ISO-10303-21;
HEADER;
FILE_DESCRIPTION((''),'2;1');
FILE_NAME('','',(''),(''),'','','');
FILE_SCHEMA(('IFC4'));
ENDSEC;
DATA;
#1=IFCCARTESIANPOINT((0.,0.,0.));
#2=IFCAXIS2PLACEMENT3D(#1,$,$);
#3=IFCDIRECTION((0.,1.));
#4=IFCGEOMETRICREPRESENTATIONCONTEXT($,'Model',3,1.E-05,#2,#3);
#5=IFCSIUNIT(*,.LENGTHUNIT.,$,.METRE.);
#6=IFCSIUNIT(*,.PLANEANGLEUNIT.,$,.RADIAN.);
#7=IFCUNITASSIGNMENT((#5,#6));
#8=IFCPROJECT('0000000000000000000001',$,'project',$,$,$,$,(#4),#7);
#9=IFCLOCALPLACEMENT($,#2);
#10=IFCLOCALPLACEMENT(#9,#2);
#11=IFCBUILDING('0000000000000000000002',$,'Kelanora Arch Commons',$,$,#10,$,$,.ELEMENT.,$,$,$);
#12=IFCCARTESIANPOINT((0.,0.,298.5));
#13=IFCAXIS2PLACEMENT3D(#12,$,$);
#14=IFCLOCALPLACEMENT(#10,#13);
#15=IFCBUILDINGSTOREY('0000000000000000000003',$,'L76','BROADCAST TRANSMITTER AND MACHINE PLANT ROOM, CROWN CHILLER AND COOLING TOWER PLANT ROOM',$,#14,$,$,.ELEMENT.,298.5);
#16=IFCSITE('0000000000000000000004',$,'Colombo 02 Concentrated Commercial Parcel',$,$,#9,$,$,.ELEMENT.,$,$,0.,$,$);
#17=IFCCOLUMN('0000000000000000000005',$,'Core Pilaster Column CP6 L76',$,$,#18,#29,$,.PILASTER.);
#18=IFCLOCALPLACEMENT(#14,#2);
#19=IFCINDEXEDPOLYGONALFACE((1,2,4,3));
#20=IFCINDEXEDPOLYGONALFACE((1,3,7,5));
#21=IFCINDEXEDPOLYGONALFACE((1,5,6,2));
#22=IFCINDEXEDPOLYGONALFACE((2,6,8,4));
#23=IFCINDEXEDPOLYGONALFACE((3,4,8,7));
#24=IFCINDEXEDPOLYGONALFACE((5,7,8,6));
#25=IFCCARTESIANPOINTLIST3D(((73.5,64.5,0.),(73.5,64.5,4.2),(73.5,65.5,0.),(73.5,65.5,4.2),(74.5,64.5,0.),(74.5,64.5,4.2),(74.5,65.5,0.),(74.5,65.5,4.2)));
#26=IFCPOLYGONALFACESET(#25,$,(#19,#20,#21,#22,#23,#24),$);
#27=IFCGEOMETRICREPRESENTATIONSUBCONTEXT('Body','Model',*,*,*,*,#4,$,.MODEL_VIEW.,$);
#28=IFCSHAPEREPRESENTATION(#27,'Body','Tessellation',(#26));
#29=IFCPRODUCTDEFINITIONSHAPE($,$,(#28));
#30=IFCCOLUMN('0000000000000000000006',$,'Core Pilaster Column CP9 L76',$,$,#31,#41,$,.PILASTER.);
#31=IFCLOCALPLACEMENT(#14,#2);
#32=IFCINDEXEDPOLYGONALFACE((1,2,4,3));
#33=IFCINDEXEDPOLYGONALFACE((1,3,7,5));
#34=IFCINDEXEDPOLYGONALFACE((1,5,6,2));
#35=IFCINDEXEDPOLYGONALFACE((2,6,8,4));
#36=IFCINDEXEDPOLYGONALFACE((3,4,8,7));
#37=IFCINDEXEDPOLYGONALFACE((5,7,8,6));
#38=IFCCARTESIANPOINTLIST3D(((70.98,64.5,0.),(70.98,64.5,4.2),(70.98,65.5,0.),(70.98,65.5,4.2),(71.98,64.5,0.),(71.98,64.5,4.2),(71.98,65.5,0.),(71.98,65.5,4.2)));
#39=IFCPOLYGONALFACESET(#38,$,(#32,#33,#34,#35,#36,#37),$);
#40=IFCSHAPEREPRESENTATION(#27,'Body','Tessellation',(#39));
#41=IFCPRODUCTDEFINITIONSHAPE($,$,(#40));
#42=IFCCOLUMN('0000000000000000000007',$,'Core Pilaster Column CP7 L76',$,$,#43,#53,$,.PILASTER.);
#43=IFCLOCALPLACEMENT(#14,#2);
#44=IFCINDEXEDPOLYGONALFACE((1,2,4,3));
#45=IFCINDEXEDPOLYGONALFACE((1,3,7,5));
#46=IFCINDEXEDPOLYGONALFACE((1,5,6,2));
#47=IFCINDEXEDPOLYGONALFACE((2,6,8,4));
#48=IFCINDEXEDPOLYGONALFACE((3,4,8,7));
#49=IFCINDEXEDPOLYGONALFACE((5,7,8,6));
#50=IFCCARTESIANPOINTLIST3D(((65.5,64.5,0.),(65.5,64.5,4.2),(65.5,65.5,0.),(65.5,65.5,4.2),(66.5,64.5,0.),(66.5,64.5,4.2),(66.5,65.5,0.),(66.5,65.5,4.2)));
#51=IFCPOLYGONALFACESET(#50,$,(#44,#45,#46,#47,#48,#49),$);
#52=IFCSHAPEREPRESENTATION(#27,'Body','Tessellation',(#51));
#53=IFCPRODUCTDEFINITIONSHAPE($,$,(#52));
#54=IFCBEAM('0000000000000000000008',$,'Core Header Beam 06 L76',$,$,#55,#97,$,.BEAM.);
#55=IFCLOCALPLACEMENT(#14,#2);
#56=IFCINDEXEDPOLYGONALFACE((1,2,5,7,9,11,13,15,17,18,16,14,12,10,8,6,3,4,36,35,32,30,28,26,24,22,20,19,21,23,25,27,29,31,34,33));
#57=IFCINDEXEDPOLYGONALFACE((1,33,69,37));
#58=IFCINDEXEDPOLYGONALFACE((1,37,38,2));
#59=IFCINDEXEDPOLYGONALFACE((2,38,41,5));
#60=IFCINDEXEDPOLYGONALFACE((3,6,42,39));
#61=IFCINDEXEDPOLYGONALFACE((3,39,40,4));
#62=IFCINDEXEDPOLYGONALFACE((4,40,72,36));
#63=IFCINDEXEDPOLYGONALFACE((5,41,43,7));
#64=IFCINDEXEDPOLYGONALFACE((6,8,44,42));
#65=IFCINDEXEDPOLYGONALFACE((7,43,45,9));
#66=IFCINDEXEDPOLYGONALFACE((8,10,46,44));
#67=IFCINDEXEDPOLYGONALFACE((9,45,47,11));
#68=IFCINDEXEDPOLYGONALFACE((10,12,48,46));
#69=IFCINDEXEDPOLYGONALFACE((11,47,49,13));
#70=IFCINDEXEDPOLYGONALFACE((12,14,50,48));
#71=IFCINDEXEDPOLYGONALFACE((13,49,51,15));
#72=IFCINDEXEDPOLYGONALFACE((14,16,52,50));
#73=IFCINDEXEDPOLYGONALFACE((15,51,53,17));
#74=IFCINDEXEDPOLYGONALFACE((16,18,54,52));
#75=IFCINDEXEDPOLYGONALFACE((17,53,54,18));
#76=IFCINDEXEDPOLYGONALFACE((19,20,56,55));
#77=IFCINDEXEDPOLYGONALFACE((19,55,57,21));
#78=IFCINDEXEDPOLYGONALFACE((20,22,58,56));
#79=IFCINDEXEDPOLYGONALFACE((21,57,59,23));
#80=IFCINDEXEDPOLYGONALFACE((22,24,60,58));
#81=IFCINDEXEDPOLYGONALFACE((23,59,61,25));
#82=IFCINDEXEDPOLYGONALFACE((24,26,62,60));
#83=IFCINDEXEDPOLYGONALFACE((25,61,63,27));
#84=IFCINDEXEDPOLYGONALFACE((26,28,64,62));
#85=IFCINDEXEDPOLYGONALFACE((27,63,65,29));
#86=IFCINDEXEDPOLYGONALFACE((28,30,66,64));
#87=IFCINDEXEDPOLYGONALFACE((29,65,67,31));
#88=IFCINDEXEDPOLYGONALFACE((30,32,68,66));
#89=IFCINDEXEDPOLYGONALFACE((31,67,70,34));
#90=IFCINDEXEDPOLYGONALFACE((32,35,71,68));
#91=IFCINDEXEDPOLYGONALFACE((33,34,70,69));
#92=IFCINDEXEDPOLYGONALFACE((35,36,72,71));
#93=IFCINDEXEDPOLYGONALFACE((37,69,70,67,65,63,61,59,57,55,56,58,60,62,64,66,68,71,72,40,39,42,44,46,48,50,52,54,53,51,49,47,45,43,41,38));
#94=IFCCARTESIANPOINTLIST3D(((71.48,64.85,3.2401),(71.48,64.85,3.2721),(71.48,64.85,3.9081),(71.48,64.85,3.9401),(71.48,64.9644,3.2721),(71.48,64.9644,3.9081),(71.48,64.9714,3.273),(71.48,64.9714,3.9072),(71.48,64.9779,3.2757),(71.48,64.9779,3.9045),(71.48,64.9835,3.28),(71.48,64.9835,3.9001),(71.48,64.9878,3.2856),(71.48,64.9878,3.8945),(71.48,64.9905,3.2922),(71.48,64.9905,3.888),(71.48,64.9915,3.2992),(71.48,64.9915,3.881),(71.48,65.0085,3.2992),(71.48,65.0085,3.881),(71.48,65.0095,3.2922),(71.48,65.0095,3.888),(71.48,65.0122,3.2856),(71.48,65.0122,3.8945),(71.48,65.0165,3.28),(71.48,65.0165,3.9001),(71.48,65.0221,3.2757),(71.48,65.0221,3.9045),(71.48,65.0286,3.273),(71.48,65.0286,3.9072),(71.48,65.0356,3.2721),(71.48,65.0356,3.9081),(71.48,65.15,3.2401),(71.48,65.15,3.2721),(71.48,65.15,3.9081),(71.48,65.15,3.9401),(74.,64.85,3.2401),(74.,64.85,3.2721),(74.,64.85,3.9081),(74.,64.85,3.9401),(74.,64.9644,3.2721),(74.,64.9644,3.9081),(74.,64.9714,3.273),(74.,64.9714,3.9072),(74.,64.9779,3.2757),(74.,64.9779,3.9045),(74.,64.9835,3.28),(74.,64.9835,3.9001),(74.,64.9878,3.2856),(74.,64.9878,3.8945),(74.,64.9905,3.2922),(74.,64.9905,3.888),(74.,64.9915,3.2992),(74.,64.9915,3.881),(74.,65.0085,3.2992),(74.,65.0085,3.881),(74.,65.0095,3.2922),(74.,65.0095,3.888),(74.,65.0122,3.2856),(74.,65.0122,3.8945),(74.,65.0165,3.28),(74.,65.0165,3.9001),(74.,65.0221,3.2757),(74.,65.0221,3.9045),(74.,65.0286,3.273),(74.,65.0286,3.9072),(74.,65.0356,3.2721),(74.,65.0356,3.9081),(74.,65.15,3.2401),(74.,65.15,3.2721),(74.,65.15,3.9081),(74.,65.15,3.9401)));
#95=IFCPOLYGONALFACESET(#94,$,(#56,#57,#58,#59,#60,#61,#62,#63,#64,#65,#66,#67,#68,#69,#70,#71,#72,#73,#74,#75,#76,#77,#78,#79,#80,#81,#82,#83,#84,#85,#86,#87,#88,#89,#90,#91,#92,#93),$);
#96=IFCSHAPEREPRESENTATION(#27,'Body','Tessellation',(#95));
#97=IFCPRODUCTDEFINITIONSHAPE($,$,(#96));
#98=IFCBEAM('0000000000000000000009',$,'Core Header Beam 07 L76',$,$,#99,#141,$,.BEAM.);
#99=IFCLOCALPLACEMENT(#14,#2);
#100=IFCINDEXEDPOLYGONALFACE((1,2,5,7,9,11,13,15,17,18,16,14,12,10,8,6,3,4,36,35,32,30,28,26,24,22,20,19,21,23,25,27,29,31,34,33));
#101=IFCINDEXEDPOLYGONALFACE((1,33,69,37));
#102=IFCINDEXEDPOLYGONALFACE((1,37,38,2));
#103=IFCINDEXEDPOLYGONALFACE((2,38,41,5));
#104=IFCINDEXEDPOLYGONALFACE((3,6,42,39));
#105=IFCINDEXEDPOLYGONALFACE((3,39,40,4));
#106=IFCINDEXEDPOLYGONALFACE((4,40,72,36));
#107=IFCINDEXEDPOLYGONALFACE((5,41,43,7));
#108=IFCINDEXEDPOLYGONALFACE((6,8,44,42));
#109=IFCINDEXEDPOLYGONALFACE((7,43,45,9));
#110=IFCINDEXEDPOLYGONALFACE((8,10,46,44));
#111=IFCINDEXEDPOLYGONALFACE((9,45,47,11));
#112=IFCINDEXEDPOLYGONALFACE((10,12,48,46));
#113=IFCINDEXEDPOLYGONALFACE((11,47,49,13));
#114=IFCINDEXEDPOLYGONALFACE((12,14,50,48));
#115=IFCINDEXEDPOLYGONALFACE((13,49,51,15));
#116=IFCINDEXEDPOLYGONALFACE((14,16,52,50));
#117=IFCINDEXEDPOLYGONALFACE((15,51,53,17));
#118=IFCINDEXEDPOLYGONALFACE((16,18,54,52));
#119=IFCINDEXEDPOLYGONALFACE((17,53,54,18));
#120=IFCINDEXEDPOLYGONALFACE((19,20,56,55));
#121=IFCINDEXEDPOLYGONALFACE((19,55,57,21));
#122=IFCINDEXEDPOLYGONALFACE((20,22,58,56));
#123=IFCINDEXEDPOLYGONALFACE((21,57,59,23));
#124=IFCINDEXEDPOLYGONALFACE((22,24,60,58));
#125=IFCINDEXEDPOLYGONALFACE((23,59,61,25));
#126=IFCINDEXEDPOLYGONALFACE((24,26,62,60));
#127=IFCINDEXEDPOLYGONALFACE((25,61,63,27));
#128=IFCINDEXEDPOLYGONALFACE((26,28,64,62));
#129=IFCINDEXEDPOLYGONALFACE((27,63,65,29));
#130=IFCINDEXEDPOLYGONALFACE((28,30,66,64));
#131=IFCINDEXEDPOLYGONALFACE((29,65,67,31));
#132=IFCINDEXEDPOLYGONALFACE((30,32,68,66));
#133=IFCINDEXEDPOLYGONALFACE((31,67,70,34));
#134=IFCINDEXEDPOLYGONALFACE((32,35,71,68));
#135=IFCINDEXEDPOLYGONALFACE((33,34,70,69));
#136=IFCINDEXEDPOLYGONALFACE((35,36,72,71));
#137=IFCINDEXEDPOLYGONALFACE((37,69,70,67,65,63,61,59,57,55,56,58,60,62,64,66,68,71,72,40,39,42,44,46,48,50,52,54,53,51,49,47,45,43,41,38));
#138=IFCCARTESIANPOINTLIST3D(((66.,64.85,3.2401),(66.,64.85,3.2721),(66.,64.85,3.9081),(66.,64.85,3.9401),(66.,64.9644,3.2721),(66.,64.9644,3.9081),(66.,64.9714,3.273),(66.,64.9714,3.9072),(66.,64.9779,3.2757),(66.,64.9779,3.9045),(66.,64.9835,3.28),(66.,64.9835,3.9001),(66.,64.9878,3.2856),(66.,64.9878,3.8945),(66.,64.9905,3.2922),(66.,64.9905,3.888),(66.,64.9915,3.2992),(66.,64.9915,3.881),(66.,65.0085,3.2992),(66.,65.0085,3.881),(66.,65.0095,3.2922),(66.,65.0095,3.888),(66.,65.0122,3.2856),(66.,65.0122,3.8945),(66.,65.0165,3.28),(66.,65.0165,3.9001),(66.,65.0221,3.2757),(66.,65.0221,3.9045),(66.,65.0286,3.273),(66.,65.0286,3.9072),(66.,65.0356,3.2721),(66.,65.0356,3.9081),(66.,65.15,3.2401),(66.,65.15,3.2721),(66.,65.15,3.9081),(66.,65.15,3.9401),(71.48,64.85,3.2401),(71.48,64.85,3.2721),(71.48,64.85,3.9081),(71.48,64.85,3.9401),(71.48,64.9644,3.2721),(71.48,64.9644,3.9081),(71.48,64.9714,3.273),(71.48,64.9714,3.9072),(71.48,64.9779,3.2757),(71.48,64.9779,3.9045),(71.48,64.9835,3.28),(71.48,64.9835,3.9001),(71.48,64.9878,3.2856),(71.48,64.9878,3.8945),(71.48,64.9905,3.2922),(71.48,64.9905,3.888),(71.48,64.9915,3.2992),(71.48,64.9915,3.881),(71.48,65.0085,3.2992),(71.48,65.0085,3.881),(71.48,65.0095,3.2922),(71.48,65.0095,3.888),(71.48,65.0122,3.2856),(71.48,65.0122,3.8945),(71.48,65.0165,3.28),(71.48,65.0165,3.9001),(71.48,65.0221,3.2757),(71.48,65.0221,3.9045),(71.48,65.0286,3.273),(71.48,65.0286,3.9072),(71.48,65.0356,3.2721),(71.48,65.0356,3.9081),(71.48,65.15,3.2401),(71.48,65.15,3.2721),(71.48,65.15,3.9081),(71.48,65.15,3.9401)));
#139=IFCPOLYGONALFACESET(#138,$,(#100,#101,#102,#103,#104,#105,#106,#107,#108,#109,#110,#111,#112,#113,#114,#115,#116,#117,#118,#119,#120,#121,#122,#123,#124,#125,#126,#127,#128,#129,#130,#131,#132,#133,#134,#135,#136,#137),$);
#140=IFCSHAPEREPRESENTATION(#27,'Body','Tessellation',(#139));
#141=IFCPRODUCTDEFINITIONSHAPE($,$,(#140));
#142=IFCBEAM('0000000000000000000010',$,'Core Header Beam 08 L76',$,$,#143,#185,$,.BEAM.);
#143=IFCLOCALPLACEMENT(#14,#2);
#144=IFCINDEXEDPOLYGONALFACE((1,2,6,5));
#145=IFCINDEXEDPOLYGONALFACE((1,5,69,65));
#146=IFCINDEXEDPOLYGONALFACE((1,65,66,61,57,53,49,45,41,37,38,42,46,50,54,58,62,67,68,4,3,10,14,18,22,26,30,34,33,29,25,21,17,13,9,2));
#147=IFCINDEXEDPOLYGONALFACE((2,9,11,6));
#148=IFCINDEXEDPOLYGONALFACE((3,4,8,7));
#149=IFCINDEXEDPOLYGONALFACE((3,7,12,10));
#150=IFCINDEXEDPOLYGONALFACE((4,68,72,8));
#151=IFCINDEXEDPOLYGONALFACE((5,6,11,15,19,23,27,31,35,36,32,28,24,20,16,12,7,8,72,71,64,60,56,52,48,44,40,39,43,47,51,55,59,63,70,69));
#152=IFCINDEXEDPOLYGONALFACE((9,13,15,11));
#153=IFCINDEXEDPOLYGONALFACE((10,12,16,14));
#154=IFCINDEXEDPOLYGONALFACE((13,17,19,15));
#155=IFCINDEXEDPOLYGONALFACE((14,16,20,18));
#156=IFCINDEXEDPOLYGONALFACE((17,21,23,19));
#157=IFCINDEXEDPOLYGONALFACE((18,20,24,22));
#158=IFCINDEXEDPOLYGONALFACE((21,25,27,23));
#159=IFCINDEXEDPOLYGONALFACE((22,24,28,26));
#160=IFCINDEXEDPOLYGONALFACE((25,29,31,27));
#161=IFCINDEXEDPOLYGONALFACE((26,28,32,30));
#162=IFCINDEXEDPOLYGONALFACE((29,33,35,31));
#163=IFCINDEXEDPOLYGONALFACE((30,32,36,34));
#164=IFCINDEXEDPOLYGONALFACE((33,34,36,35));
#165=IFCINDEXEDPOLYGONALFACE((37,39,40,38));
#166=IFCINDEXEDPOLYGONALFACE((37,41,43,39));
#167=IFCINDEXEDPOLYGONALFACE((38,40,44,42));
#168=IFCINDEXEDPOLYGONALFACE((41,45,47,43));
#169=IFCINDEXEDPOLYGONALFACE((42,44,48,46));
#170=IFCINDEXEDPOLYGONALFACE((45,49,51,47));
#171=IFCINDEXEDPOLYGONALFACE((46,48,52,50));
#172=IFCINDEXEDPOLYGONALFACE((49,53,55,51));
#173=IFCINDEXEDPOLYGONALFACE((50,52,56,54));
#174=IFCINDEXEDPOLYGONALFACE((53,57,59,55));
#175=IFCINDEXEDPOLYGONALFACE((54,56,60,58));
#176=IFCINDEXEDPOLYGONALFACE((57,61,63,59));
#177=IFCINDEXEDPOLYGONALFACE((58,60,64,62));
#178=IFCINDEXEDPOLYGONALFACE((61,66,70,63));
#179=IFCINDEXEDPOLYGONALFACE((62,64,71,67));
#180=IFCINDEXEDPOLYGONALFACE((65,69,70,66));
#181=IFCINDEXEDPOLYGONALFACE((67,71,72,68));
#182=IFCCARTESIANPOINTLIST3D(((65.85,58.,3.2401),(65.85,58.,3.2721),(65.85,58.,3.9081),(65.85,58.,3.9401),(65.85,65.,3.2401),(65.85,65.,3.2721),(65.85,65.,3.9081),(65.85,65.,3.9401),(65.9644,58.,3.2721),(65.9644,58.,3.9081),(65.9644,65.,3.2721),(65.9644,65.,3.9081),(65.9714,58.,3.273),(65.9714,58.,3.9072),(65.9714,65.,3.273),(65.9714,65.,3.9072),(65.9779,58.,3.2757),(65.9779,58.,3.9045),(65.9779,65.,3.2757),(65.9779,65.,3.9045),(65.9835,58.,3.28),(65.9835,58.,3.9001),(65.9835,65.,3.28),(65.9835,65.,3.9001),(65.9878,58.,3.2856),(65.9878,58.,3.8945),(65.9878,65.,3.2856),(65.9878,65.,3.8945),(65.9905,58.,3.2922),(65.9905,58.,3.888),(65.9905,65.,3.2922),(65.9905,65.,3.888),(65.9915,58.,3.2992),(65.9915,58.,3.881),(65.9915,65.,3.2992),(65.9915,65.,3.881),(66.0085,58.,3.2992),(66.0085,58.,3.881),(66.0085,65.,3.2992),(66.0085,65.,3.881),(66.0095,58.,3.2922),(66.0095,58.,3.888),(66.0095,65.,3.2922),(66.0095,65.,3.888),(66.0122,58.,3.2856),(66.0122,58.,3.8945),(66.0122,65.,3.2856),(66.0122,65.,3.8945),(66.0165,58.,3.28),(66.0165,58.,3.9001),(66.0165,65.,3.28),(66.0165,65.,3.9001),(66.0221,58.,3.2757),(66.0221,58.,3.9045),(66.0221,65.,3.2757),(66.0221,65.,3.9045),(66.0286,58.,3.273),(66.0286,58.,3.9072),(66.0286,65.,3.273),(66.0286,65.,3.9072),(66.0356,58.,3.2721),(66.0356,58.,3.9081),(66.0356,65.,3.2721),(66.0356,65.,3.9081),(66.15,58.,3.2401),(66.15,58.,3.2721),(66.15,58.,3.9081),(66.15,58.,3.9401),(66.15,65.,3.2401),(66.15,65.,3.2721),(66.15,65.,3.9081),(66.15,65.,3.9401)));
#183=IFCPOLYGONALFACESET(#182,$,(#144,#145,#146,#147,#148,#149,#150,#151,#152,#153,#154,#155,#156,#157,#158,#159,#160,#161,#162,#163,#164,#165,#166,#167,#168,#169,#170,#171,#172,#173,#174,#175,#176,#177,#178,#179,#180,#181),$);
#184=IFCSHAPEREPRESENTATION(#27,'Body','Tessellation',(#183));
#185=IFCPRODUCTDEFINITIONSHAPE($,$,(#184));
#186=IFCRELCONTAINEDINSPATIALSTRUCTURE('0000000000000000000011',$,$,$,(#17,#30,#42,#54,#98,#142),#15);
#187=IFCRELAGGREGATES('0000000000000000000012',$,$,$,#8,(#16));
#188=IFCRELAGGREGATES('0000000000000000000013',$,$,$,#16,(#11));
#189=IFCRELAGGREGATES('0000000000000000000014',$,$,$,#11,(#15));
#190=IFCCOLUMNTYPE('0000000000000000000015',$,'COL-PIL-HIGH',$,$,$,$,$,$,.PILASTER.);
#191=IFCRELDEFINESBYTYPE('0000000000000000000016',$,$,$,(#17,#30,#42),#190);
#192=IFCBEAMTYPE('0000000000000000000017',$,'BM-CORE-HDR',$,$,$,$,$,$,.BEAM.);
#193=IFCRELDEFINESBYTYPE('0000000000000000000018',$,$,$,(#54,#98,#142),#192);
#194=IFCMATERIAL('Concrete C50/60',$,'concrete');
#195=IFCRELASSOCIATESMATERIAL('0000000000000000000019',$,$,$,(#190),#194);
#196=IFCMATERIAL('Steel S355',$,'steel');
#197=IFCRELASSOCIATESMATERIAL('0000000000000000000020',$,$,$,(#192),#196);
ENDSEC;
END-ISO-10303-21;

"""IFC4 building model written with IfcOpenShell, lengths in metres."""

from ifc_helpers import new_model, si_unit, direction, frame, origin, origin_2d, place, context, subcontext, project, spatial, rectangle, i_section, extrude, material, material_profile, profile_set, type_object, element, save


model = new_model("IFC4")

# Units and contexts
model_context = context("Model", 3, precision=1e-05, world=origin(), true_north=direction((0.0, 1.0)))
body_context = subcontext(model_context, "Body", "Model", "MODEL_VIEW")
ifc_project = project(units=[si_unit("LENGTHUNIT", "METRE"), si_unit("PLANEANGLEUNIT", "RADIAN")], contexts=[model_context])

# Site, building, storey
site_placement = place(None, origin())
site = spatial("IfcSite", under=ifc_project, at=site_placement, Name="Colombo 02 Concentrated Commercial Parcel", CompositionType="ELEMENT", RefElevation=0.0)
building_placement = place(site_placement, origin())
building = spatial("IfcBuilding", under=site, at=building_placement, Name="Kelanora Arch Commons", CompositionType="ELEMENT")
storey_placement = place(building_placement, frame((0.0, 0.0, 298.5)))
storey = spatial("IfcBuildingStorey", under=building, at=storey_placement, Name="L76", Description="BROADCAST TRANSMITTER AND MACHINE PLANT ROOM, CROWN CHILLER AND COOLING TOWER PLANT ROOM", CompositionType="ELEMENT", Elevation=298.5)

# Columns
ifc_material_1 = material(Name="Concrete C50/60", Category="concrete")
ifc_material_profile_1 = material_profile(ifc_material_1, rectangle(XDim=1.0, YDim=1.0, at=origin_2d()), Name="RC1000x1000")
ifc_profile_set_1 = profile_set([ifc_material_profile_1], Name="Concrete C50/60")
column_type = type_object("IfcColumnType", Name="COL-PIL-HIGH", PredefinedType="PILASTER", material=ifc_profile_set_1)
for number, where, z_axis, x_axis, name in (
    (1, (74.0, 65.0, 0.0), (0.0, 0.0, 1.0), (1.0, 0.0, 0.0), "Core Pilaster Column CP6 L76"),
    (2, (71.48, 65.0, 0.0), (0.0, 0.0, 1.0), (1.0, 0.0, 0.0), "Core Pilaster Column CP9 L76"),
    (3, (66.0, 65.0, 0.0), (0.0, 0.0, 1.0), (1.0, 0.0, 0.0), "Core Pilaster Column CP7 L76"),
):
    element("IfcColumn", number, at=place(storey_placement, frame(where, z_axis=z_axis, x_axis=x_axis)), inside=storey, type_object=column_type, Name=name, PredefinedType="PILASTER", context=body_context, shape_type="SweptSolid", body=[
        extrude(rectangle(XDim=1.0, YDim=1.0, at=origin_2d()), origin(), (0.0, 0.0, 1.0), 4.2),
    ])

# Beams
ifc_material_2 = material(Name="Steel S355", Category="steel")
ifc_material_profile_2 = material_profile(ifc_material_2, i_section(OverallWidth=0.3, OverallDepth=0.7, WebThickness=0.0171, FlangeThickness=0.032, FilletRadius=0.0271, at=origin_2d()), Name="HEB700")
ifc_profile_set_2 = profile_set([ifc_material_profile_2], Name="Steel S355")
beam_type_1 = type_object("IfcBeamType", Name="BM-CORE-HDR", PredefinedType="BEAM", material=ifc_profile_set_2)
beam_1_placement = place(storey_placement, frame((74.0, 65.0, 3.5901), z_axis=(-1.0, 0.0, 0.0), x_axis=(0.0, -1.0, 0.0)))
element("IfcBeam", 4, at=beam_1_placement, inside=storey, type_object=beam_type_1, Name="Core Header Beam 06 L76", PredefinedType="BEAM", context=body_context, shape_type="SweptSolid", body=[
    extrude(i_section(OverallWidth=0.3, OverallDepth=0.7, WebThickness=0.0171, FlangeThickness=0.032, FilletRadius=0.0271, at=origin_2d()), origin(), (0.0, 0.0, 1.0), 2.52),
])
beam_2_placement = place(storey_placement, frame((71.48, 65.0, 3.5901), z_axis=(-1.0, 0.0, 0.0), x_axis=(0.0, -1.0, 0.0)))
element("IfcBeam", 5, at=beam_2_placement, inside=storey, type_object=beam_type_1, Name="Core Header Beam 07 L76", PredefinedType="BEAM", context=body_context, shape_type="SweptSolid", body=[
    extrude(i_section(OverallWidth=0.3, OverallDepth=0.7, WebThickness=0.0171, FlangeThickness=0.032, FilletRadius=0.0271, at=origin_2d()), origin(), (0.0, 0.0, 1.0), 5.48),
])
beam_3_placement = place(storey_placement, frame((66.0, 65.0, 3.5901), z_axis=(0.0, -1.0, 0.0), x_axis=(1.0, 0.0, 0.0)))
element("IfcBeam", 6, at=beam_3_placement, inside=storey, type_object=beam_type_1, Name="Core Header Beam 08 L76", PredefinedType="BEAM", context=body_context, shape_type="SweptSolid", body=[
    extrude(i_section(OverallWidth=0.3, OverallDepth=0.7, WebThickness=0.0171, FlangeThickness=0.032, FilletRadius=0.0271, at=origin_2d()), origin(), (0.0, 0.0, 1.0), 7.0),
])

save(model, "model.ifc")
